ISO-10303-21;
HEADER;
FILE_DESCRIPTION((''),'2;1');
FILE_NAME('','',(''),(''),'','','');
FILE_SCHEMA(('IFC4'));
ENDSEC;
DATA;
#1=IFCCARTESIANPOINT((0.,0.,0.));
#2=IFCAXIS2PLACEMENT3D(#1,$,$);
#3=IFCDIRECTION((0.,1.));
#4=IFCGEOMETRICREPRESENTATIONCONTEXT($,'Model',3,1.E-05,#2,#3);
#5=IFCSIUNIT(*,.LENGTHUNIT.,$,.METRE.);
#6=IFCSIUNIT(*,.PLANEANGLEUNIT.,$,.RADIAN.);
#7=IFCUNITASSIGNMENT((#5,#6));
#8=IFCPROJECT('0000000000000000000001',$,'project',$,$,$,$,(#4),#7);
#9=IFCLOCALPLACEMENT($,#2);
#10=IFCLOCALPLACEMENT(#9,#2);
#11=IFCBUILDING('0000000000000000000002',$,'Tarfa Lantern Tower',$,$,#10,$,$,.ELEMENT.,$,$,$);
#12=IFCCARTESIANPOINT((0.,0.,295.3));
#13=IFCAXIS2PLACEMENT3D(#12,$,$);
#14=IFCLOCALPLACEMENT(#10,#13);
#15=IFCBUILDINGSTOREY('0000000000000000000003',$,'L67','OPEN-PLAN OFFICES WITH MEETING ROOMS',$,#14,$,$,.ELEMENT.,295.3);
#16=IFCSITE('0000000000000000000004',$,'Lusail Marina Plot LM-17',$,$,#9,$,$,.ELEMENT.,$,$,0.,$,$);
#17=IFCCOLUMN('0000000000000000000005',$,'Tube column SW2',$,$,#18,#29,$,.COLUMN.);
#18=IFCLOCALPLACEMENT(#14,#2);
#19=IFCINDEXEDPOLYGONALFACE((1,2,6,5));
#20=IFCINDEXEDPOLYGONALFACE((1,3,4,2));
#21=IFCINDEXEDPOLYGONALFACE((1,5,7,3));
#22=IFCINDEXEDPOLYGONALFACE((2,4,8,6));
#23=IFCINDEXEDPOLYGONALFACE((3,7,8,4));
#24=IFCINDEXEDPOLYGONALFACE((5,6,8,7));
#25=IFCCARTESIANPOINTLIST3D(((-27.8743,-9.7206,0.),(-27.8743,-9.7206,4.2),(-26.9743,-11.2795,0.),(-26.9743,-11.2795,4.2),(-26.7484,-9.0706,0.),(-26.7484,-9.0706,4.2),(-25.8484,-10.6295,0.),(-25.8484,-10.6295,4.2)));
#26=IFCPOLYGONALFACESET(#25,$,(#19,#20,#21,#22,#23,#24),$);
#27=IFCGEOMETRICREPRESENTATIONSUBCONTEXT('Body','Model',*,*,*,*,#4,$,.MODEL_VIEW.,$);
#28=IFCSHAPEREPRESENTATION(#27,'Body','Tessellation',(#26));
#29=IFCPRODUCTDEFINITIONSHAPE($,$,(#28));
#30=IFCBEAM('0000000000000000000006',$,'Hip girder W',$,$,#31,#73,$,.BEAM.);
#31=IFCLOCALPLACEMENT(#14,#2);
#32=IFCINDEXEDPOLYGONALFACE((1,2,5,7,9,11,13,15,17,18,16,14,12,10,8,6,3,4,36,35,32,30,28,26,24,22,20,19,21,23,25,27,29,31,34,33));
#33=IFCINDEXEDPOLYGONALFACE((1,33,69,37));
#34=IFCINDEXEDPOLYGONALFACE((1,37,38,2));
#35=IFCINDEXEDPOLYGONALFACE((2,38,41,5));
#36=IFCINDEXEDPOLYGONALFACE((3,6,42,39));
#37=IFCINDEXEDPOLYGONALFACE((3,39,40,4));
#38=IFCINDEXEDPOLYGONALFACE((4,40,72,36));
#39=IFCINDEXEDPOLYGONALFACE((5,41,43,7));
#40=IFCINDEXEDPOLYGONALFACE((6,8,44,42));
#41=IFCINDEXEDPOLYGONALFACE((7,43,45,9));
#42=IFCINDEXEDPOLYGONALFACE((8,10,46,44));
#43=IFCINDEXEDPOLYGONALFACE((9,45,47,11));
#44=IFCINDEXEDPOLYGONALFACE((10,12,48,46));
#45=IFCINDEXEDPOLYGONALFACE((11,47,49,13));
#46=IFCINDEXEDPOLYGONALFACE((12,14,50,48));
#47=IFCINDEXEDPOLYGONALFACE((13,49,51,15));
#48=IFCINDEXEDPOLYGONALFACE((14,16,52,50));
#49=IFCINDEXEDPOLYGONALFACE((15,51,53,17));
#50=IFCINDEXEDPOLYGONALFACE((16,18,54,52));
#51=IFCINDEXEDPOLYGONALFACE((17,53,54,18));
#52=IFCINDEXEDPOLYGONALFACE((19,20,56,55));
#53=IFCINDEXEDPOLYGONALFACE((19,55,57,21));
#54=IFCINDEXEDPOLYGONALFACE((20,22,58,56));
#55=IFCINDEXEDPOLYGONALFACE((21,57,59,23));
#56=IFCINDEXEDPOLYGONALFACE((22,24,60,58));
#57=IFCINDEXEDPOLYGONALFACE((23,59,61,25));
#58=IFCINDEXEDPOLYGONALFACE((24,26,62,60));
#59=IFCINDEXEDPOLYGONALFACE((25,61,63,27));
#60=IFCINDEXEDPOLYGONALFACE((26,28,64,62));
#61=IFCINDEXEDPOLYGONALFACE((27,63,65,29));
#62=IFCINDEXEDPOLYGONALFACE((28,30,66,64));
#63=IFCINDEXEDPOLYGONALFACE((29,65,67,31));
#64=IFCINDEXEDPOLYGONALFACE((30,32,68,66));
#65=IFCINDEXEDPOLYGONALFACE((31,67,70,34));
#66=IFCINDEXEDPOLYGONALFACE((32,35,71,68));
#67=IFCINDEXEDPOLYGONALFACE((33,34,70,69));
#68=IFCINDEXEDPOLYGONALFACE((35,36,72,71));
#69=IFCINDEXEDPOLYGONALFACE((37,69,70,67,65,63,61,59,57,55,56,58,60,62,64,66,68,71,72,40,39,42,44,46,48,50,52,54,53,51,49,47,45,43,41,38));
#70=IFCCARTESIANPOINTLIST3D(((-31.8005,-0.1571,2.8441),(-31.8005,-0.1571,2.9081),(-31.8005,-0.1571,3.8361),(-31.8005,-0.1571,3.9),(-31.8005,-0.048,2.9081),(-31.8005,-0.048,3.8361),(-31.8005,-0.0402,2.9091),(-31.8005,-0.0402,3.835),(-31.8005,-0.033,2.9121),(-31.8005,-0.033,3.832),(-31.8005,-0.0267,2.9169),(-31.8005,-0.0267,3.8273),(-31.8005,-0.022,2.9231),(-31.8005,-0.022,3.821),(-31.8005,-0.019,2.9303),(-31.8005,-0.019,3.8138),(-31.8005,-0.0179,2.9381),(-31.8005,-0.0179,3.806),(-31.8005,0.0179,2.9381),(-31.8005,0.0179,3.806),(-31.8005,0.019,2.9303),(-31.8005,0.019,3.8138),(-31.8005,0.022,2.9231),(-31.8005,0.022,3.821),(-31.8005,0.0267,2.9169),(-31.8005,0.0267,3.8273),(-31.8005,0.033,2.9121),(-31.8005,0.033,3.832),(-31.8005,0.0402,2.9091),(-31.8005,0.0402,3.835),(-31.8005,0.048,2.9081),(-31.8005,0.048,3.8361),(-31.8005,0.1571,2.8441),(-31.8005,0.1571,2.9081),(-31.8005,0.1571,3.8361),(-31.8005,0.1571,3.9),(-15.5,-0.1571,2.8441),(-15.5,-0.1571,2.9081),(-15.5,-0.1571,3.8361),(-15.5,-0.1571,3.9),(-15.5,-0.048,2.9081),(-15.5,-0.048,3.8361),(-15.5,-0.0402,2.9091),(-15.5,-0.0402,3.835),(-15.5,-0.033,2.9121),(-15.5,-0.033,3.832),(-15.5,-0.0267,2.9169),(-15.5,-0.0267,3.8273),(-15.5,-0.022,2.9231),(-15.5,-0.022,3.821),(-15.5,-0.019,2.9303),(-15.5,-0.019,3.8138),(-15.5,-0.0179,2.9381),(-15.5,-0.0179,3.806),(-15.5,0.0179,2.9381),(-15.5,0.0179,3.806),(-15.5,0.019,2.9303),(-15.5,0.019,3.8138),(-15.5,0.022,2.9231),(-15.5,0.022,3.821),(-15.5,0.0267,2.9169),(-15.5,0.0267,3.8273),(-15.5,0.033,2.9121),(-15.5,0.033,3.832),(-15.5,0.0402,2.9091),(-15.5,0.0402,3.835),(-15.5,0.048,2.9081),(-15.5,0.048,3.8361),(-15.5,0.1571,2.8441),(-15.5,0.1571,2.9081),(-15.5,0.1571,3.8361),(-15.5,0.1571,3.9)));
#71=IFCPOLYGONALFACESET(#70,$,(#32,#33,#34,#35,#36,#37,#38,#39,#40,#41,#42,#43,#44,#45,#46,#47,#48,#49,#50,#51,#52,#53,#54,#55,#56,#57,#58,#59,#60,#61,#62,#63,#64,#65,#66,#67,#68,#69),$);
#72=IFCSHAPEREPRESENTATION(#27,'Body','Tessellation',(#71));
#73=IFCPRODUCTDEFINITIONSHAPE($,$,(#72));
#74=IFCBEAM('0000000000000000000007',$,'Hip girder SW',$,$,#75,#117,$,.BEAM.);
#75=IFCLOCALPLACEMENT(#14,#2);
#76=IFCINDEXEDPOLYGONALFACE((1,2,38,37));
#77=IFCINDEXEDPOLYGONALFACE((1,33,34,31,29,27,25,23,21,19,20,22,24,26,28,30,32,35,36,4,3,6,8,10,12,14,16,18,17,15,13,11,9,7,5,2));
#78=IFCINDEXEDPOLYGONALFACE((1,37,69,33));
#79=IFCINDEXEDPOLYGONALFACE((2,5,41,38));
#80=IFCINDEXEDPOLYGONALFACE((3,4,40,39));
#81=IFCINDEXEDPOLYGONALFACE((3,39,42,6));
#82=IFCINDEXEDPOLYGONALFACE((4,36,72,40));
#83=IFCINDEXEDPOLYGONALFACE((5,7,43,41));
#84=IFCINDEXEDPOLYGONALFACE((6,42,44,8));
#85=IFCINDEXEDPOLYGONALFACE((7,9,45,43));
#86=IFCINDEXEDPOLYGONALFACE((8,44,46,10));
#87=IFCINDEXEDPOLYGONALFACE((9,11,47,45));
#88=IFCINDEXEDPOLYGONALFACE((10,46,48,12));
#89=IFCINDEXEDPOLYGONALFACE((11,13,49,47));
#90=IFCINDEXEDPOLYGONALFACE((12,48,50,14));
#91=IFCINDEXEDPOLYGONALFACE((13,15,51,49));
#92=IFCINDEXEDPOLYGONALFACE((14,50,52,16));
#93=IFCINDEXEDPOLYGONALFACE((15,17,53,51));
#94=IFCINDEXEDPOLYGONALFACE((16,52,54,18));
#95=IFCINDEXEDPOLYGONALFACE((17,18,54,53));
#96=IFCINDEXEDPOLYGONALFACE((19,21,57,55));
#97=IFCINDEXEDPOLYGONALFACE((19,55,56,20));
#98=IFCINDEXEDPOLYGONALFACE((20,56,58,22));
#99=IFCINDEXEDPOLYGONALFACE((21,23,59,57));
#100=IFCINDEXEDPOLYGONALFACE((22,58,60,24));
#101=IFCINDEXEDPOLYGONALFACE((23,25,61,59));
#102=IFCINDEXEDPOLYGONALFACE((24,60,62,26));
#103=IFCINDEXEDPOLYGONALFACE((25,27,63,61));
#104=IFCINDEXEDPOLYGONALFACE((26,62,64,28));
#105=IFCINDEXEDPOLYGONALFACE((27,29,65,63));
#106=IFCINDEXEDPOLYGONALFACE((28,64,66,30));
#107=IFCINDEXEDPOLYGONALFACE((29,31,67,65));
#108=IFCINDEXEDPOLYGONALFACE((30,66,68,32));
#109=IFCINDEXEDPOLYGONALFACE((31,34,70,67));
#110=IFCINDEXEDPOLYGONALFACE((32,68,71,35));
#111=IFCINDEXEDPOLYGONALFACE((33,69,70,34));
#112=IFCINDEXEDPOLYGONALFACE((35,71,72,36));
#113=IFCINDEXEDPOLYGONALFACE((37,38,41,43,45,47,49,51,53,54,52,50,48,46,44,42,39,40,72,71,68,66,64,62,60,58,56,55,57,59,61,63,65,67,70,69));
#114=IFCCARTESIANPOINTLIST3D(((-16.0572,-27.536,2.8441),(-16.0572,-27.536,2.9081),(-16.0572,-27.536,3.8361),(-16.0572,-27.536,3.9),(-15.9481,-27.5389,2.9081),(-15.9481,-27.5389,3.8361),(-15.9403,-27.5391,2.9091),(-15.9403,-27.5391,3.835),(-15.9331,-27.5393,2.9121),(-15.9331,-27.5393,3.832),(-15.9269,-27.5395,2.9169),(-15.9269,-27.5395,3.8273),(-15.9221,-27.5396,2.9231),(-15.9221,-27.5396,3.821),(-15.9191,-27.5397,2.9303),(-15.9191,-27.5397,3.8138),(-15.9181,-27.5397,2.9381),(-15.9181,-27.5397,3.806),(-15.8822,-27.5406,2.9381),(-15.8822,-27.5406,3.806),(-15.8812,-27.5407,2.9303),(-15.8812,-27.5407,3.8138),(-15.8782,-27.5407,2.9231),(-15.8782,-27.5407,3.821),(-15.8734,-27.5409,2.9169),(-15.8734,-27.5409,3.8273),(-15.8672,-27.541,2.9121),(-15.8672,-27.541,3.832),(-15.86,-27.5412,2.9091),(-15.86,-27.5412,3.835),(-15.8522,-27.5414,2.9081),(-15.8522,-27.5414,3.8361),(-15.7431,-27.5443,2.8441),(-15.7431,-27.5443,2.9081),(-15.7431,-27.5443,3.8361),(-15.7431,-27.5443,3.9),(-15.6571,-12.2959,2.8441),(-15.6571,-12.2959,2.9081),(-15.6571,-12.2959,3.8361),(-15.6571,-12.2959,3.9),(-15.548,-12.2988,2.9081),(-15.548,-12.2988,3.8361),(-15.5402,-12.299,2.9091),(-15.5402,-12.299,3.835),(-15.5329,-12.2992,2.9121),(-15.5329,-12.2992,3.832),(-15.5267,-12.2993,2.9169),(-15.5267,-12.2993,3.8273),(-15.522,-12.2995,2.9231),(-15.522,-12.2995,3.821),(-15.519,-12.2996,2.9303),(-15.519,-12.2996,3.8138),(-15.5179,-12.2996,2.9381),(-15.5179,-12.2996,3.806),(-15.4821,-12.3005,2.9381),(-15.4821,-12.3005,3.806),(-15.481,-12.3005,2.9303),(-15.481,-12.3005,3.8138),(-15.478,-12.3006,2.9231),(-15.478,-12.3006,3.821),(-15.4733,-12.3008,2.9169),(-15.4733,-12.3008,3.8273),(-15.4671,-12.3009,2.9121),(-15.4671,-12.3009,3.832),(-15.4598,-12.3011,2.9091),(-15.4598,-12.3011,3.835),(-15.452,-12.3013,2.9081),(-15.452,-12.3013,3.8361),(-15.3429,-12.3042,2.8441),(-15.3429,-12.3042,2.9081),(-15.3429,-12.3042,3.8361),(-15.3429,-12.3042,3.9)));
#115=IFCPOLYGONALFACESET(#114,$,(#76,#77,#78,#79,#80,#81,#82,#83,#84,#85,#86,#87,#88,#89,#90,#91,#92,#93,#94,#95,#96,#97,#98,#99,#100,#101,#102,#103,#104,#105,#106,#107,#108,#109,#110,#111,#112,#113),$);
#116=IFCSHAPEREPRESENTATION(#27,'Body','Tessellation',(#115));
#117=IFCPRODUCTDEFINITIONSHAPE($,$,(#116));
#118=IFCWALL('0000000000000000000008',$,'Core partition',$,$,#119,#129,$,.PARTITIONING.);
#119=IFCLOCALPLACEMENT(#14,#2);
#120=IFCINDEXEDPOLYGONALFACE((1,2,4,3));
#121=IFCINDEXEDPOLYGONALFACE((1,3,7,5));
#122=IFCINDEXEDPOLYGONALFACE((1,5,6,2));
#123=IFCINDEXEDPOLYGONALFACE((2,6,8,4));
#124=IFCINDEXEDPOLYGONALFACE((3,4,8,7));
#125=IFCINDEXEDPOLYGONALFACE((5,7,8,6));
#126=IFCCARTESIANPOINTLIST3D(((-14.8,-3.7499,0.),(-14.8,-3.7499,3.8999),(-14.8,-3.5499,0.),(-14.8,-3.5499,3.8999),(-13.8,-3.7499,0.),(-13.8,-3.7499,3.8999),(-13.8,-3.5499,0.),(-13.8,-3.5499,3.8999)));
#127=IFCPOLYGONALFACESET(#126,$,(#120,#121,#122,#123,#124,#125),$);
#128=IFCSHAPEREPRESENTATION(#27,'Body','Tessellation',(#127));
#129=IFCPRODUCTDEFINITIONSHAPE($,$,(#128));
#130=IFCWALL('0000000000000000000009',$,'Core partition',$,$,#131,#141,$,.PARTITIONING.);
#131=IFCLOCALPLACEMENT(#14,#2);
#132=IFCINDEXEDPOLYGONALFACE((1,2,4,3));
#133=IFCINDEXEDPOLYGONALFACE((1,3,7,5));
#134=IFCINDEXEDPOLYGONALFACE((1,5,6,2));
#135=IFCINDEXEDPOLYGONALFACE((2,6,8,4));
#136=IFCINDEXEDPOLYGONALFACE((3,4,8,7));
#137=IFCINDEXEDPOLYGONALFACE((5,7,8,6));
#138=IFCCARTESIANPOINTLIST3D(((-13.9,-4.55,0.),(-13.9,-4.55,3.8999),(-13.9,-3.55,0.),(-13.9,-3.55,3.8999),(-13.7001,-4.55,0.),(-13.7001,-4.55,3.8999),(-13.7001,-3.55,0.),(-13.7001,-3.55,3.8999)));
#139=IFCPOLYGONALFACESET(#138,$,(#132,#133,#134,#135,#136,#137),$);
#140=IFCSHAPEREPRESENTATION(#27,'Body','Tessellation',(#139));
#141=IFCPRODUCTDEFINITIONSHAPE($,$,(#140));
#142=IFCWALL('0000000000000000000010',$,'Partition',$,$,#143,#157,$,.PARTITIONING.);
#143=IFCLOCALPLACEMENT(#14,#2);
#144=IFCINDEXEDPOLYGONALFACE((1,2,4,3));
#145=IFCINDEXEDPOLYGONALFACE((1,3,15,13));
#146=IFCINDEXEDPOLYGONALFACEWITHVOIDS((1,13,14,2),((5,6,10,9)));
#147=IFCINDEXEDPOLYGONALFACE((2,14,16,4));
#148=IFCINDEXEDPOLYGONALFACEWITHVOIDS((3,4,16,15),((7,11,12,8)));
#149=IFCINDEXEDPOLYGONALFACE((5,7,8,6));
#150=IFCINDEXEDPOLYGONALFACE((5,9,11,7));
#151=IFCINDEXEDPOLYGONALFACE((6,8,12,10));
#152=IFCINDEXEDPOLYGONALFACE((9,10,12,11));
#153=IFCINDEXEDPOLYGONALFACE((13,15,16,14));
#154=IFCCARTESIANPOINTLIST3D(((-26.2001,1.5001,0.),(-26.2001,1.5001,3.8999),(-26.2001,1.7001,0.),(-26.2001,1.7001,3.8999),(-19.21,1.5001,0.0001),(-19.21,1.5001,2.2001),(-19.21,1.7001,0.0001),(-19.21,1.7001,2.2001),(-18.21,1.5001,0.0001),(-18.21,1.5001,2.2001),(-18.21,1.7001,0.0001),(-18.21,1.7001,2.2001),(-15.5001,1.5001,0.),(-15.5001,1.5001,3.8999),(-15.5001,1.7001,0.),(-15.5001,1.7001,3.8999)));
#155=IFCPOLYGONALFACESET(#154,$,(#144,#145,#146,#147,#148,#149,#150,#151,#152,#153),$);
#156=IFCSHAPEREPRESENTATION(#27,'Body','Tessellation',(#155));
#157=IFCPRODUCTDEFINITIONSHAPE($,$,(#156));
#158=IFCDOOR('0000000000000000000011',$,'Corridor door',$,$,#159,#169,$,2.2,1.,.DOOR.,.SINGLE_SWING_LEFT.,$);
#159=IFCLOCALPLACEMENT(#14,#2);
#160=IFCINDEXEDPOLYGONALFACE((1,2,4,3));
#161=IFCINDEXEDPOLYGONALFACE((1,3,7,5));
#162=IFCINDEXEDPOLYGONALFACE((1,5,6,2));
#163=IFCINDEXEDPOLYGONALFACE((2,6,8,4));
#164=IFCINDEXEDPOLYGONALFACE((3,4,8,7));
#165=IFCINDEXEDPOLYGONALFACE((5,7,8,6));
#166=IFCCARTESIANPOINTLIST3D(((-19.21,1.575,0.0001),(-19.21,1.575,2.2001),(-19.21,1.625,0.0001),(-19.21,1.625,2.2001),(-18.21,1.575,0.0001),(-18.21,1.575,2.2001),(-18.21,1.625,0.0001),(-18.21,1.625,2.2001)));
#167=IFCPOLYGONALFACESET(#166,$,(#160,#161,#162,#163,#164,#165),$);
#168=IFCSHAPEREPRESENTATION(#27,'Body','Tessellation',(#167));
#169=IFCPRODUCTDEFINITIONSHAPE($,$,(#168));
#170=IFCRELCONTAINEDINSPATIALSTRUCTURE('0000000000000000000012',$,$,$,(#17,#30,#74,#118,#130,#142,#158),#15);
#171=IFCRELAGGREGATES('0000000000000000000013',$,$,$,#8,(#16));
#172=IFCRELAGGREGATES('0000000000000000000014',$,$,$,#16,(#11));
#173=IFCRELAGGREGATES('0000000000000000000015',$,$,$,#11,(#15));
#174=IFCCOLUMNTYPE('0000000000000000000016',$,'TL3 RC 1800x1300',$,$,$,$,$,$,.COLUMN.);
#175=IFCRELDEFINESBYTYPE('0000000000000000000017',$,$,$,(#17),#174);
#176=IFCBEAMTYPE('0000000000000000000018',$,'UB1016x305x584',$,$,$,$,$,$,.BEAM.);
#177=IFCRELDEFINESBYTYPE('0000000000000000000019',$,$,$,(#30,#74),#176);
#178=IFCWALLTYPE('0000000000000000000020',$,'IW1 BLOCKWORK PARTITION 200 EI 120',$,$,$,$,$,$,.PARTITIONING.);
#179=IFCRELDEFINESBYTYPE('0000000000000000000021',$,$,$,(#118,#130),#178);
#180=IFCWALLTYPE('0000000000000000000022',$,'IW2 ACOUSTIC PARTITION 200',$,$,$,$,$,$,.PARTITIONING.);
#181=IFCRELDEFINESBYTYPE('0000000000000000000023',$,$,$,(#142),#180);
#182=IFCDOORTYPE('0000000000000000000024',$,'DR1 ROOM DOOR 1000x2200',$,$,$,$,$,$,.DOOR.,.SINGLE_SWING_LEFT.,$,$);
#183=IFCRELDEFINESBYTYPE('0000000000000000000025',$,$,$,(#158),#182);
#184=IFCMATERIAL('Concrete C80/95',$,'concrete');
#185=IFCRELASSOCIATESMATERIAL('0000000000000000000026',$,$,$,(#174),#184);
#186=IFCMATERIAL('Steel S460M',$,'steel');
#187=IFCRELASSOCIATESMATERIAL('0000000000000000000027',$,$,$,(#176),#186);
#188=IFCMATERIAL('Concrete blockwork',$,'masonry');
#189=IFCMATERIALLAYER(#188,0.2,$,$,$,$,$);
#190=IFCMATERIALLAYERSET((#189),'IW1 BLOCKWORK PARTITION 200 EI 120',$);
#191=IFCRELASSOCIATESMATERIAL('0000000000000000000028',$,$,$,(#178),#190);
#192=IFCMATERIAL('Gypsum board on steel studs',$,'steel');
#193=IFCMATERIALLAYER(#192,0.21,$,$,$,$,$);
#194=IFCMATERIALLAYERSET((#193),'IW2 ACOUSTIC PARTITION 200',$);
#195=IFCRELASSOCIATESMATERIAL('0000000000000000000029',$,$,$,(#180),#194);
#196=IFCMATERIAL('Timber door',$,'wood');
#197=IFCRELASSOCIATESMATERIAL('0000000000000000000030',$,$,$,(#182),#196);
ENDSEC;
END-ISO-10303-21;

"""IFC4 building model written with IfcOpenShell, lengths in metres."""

from ifc_helpers import new_model, si_unit, direction, frame, frame_2d, origin, origin_2d, place, context, subcontext, project, spatial, rectangle, i_section, extrude, material, layer, layer_set, material_profile, profile_set, type_object, element, fill, save


model = new_model("IFC4")

# Units and contexts
model_context = context("Model", 3, precision=1e-05, world=origin(), true_north=direction((0.0, 1.0)))
body_context = subcontext(model_context, "Body", "Model", "MODEL_VIEW")
ifc_project = project(units=[si_unit("LENGTHUNIT", "METRE"), si_unit("PLANEANGLEUNIT", "RADIAN")], contexts=[model_context])

# Site, building, storey
site_placement = place(None, origin())
site = spatial("IfcSite", under=ifc_project, at=site_placement, Name="Lusail Marina Plot LM-17", CompositionType="ELEMENT", RefElevation=0.0)
building_placement = place(site_placement, origin())
building = spatial("IfcBuilding", under=site, at=building_placement, Name="Tarfa Lantern Tower", CompositionType="ELEMENT")
storey_placement = place(building_placement, frame((0.0, 0.0, 295.3)))
storey = spatial("IfcBuildingStorey", under=building, at=storey_placement, Name="L67", Description="OPEN-PLAN OFFICES WITH MEETING ROOMS", CompositionType="ELEMENT", Elevation=295.3)

# Column
ifc_material_1 = material(Name="Concrete C80/95", Category="concrete")
ifc_material_profile_1 = material_profile(ifc_material_1, rectangle(XDim=1.8, YDim=1.3, at=origin_2d()), Name="RC 1800x1300")
ifc_profile_set_1 = profile_set([ifc_material_profile_1], Name="Concrete C80/95")
column_type = type_object("IfcColumnType", Name="TL3 RC 1800x1300", PredefinedType="COLUMN", material=ifc_profile_set_1)
column_placement = place(storey_placement, frame((-26.8613, -10.175, 0.0), z_axis=(0.0, 0.0, 1.0), x_axis=(0.5, -0.866025, 0.0)))
element("IfcColumn", 1, at=column_placement, inside=storey, type_object=column_type, Name="Tube column SW2", PredefinedType="COLUMN", context=body_context, shape_type="SweptSolid", body=[
    extrude(rectangle(XDim=1.8, YDim=1.3, at=origin_2d()), origin(), (0.0, 0.0, 1.0), 4.2),
])

# Beams
ifc_material_2 = material(Name="Steel S460M", Category="steel")
ifc_material_profile_2 = material_profile(ifc_material_2, i_section(OverallWidth=0.3142, OverallDepth=1.0559, WebThickness=0.0359, FlangeThickness=0.064, FilletRadius=0.03, at=origin_2d()), Name="UB1016x305x584")
ifc_profile_set_2 = profile_set([ifc_material_profile_2], Name="Steel S460M")
beam_type = type_object("IfcBeamType", Name="UB1016x305x584", PredefinedType="BEAM", material=ifc_profile_set_2)
beam_1_placement = place(storey_placement, frame((-15.5, 0.0, 3.3721), z_axis=(-1.0, 0.0, 0.0), x_axis=(0.0, -1.0, 0.0)))
element("IfcBeam", 2, at=beam_1_placement, inside=storey, type_object=beam_type, Name="Hip girder W", PredefinedType="BEAM", context=body_context, shape_type="SweptSolid", body=[
    extrude(i_section(OverallWidth=0.3142, OverallDepth=1.0559, WebThickness=0.0359, FlangeThickness=0.064, FilletRadius=0.03, at=origin_2d()), origin(), (0.0, 0.0, 1.0), 16.3005),
])
beam_2_placement = place(storey_placement, frame((-15.5, -12.3, 3.3721), z_axis=(-0.026247, -0.999655, 0.0), x_axis=(0.999655, -0.026247, 0.0)))
element("IfcBeam", 3, at=beam_2_placement, inside=storey, type_object=beam_type, Name="Hip girder SW", PredefinedType="BEAM", context=body_context, shape_type="SweptSolid", body=[
    extrude(i_section(OverallWidth=0.3142, OverallDepth=1.0559, WebThickness=0.0359, FlangeThickness=0.064, FilletRadius=0.03, at=origin_2d()), origin(), (0.0, 0.0, 1.0), 15.2454),
])

# Walls
ifc_material_3 = material(Name="Concrete blockwork", Category="masonry")
ifc_layer_1 = layer(ifc_material_3, 0.2)
ifc_layer_set_1 = layer_set([ifc_layer_1], Name="IW1 BLOCKWORK PARTITION 200 EI 120")
wall_type_1 = type_object("IfcWallType", Name="IW1 BLOCKWORK PARTITION 200 EI 120", PredefinedType="PARTITIONING", material=ifc_layer_set_1)
for number, where, z_axis, x_axis, name in (
    (4, (-13.8, -3.6499, 0.0), (0.0, 0.0, 1.0), (-1.0, 0.0, 0.0), "Core partition"),
    (5, (-13.8, -3.55, 0.0), (0.0, 0.0, 1.0), (0.0, -1.0, 0.0), "Core partition"),
):
    element("IfcWall", number, at=place(storey_placement, frame(where, z_axis=z_axis, x_axis=x_axis)), inside=storey, type_object=wall_type_1, Name=name, PredefinedType="PARTITIONING", context=body_context, shape_type="SweptSolid", body=[
        extrude(rectangle(XDim=1.0, YDim=0.2, at=frame_2d((0.5, 0.0))), origin(), (0.0, 0.0, 1.0), 3.8999),
    ])

# Wall, opening, door
ifc_material_4 = material(Name="Gypsum board on steel studs", Category="steel")
ifc_layer_2 = layer(ifc_material_4, 0.21)
ifc_layer_set_2 = layer_set([ifc_layer_2], Name="IW2 ACOUSTIC PARTITION 200")
wall_type_2 = type_object("IfcWallType", Name="IW2 ACOUSTIC PARTITION 200", PredefinedType="PARTITIONING", material=ifc_layer_set_2)
wall_1_placement = place(storey_placement, frame((-15.5, 1.6001, 0.0), z_axis=(0.0, 0.0, 1.0), x_axis=(-1.0, 0.0, 0.0)))
wall_1 = element("IfcWall", 6, at=wall_1_placement, inside=storey, type_object=wall_type_2, Name="Partition", PredefinedType="PARTITIONING", context=body_context, shape_type="SweptSolid", body=[
    extrude(rectangle(XDim=10.7, YDim=0.2, at=frame_2d((5.3501, 0.0))), origin(), (0.0, 0.0, 1.0), 3.8999),
])
opening_1_placement = place(wall_1_placement, frame((2.71, 0.0, 0.0)))
opening_1 = element("IfcOpeningElement", 7, at=opening_1_placement, cuts=wall_1, PredefinedType="OPENING", context=body_context, shape_type="SweptSolid", body=[
    extrude(rectangle(XDim=1.0, YDim=2.2, at=frame_2d((0.5, 1.1001))), frame((0.0, 0.1099, 0.0), z_axis=(0.0, -1.0, 0.0), x_axis=(1.0, 0.0, 0.0)), (0.0, 0.0, 1.0), 0.22),
])
ifc_material_5 = material(Name="Timber door", Category="wood")
door_type_1 = type_object("IfcDoorType", Name="DR1 ROOM DOOR 1000x2200", OperationType="SINGLE_SWING_LEFT", PredefinedType="DOOR", material=ifc_material_5)
door_1_placement = place(opening_1_placement, frame((1.0, 0.0, 0.0), z_axis=(0.0, 0.0, 1.0), x_axis=(-1.0, 0.0, 0.0)))
door_1 = element("IfcDoor", 8, at=door_1_placement, inside=storey, type_object=door_type_1, Name="Corridor door", OperationType="SINGLE_SWING_LEFT", OverallHeight=2.2, OverallWidth=1.0, PredefinedType="DOOR", context=body_context, shape_type="SweptSolid", body=[
    extrude(rectangle(XDim=1.0, YDim=2.2, at=frame_2d((0.5, 1.1001))), frame((0.0, 0.0249, 0.0), z_axis=(0.0, -1.0, 0.0), x_axis=(1.0, 0.0, 0.0)), (0.0, 0.0, 1.0), 0.05),
])
fill(opening_1, door_1)

save(model, "model.ifc")
